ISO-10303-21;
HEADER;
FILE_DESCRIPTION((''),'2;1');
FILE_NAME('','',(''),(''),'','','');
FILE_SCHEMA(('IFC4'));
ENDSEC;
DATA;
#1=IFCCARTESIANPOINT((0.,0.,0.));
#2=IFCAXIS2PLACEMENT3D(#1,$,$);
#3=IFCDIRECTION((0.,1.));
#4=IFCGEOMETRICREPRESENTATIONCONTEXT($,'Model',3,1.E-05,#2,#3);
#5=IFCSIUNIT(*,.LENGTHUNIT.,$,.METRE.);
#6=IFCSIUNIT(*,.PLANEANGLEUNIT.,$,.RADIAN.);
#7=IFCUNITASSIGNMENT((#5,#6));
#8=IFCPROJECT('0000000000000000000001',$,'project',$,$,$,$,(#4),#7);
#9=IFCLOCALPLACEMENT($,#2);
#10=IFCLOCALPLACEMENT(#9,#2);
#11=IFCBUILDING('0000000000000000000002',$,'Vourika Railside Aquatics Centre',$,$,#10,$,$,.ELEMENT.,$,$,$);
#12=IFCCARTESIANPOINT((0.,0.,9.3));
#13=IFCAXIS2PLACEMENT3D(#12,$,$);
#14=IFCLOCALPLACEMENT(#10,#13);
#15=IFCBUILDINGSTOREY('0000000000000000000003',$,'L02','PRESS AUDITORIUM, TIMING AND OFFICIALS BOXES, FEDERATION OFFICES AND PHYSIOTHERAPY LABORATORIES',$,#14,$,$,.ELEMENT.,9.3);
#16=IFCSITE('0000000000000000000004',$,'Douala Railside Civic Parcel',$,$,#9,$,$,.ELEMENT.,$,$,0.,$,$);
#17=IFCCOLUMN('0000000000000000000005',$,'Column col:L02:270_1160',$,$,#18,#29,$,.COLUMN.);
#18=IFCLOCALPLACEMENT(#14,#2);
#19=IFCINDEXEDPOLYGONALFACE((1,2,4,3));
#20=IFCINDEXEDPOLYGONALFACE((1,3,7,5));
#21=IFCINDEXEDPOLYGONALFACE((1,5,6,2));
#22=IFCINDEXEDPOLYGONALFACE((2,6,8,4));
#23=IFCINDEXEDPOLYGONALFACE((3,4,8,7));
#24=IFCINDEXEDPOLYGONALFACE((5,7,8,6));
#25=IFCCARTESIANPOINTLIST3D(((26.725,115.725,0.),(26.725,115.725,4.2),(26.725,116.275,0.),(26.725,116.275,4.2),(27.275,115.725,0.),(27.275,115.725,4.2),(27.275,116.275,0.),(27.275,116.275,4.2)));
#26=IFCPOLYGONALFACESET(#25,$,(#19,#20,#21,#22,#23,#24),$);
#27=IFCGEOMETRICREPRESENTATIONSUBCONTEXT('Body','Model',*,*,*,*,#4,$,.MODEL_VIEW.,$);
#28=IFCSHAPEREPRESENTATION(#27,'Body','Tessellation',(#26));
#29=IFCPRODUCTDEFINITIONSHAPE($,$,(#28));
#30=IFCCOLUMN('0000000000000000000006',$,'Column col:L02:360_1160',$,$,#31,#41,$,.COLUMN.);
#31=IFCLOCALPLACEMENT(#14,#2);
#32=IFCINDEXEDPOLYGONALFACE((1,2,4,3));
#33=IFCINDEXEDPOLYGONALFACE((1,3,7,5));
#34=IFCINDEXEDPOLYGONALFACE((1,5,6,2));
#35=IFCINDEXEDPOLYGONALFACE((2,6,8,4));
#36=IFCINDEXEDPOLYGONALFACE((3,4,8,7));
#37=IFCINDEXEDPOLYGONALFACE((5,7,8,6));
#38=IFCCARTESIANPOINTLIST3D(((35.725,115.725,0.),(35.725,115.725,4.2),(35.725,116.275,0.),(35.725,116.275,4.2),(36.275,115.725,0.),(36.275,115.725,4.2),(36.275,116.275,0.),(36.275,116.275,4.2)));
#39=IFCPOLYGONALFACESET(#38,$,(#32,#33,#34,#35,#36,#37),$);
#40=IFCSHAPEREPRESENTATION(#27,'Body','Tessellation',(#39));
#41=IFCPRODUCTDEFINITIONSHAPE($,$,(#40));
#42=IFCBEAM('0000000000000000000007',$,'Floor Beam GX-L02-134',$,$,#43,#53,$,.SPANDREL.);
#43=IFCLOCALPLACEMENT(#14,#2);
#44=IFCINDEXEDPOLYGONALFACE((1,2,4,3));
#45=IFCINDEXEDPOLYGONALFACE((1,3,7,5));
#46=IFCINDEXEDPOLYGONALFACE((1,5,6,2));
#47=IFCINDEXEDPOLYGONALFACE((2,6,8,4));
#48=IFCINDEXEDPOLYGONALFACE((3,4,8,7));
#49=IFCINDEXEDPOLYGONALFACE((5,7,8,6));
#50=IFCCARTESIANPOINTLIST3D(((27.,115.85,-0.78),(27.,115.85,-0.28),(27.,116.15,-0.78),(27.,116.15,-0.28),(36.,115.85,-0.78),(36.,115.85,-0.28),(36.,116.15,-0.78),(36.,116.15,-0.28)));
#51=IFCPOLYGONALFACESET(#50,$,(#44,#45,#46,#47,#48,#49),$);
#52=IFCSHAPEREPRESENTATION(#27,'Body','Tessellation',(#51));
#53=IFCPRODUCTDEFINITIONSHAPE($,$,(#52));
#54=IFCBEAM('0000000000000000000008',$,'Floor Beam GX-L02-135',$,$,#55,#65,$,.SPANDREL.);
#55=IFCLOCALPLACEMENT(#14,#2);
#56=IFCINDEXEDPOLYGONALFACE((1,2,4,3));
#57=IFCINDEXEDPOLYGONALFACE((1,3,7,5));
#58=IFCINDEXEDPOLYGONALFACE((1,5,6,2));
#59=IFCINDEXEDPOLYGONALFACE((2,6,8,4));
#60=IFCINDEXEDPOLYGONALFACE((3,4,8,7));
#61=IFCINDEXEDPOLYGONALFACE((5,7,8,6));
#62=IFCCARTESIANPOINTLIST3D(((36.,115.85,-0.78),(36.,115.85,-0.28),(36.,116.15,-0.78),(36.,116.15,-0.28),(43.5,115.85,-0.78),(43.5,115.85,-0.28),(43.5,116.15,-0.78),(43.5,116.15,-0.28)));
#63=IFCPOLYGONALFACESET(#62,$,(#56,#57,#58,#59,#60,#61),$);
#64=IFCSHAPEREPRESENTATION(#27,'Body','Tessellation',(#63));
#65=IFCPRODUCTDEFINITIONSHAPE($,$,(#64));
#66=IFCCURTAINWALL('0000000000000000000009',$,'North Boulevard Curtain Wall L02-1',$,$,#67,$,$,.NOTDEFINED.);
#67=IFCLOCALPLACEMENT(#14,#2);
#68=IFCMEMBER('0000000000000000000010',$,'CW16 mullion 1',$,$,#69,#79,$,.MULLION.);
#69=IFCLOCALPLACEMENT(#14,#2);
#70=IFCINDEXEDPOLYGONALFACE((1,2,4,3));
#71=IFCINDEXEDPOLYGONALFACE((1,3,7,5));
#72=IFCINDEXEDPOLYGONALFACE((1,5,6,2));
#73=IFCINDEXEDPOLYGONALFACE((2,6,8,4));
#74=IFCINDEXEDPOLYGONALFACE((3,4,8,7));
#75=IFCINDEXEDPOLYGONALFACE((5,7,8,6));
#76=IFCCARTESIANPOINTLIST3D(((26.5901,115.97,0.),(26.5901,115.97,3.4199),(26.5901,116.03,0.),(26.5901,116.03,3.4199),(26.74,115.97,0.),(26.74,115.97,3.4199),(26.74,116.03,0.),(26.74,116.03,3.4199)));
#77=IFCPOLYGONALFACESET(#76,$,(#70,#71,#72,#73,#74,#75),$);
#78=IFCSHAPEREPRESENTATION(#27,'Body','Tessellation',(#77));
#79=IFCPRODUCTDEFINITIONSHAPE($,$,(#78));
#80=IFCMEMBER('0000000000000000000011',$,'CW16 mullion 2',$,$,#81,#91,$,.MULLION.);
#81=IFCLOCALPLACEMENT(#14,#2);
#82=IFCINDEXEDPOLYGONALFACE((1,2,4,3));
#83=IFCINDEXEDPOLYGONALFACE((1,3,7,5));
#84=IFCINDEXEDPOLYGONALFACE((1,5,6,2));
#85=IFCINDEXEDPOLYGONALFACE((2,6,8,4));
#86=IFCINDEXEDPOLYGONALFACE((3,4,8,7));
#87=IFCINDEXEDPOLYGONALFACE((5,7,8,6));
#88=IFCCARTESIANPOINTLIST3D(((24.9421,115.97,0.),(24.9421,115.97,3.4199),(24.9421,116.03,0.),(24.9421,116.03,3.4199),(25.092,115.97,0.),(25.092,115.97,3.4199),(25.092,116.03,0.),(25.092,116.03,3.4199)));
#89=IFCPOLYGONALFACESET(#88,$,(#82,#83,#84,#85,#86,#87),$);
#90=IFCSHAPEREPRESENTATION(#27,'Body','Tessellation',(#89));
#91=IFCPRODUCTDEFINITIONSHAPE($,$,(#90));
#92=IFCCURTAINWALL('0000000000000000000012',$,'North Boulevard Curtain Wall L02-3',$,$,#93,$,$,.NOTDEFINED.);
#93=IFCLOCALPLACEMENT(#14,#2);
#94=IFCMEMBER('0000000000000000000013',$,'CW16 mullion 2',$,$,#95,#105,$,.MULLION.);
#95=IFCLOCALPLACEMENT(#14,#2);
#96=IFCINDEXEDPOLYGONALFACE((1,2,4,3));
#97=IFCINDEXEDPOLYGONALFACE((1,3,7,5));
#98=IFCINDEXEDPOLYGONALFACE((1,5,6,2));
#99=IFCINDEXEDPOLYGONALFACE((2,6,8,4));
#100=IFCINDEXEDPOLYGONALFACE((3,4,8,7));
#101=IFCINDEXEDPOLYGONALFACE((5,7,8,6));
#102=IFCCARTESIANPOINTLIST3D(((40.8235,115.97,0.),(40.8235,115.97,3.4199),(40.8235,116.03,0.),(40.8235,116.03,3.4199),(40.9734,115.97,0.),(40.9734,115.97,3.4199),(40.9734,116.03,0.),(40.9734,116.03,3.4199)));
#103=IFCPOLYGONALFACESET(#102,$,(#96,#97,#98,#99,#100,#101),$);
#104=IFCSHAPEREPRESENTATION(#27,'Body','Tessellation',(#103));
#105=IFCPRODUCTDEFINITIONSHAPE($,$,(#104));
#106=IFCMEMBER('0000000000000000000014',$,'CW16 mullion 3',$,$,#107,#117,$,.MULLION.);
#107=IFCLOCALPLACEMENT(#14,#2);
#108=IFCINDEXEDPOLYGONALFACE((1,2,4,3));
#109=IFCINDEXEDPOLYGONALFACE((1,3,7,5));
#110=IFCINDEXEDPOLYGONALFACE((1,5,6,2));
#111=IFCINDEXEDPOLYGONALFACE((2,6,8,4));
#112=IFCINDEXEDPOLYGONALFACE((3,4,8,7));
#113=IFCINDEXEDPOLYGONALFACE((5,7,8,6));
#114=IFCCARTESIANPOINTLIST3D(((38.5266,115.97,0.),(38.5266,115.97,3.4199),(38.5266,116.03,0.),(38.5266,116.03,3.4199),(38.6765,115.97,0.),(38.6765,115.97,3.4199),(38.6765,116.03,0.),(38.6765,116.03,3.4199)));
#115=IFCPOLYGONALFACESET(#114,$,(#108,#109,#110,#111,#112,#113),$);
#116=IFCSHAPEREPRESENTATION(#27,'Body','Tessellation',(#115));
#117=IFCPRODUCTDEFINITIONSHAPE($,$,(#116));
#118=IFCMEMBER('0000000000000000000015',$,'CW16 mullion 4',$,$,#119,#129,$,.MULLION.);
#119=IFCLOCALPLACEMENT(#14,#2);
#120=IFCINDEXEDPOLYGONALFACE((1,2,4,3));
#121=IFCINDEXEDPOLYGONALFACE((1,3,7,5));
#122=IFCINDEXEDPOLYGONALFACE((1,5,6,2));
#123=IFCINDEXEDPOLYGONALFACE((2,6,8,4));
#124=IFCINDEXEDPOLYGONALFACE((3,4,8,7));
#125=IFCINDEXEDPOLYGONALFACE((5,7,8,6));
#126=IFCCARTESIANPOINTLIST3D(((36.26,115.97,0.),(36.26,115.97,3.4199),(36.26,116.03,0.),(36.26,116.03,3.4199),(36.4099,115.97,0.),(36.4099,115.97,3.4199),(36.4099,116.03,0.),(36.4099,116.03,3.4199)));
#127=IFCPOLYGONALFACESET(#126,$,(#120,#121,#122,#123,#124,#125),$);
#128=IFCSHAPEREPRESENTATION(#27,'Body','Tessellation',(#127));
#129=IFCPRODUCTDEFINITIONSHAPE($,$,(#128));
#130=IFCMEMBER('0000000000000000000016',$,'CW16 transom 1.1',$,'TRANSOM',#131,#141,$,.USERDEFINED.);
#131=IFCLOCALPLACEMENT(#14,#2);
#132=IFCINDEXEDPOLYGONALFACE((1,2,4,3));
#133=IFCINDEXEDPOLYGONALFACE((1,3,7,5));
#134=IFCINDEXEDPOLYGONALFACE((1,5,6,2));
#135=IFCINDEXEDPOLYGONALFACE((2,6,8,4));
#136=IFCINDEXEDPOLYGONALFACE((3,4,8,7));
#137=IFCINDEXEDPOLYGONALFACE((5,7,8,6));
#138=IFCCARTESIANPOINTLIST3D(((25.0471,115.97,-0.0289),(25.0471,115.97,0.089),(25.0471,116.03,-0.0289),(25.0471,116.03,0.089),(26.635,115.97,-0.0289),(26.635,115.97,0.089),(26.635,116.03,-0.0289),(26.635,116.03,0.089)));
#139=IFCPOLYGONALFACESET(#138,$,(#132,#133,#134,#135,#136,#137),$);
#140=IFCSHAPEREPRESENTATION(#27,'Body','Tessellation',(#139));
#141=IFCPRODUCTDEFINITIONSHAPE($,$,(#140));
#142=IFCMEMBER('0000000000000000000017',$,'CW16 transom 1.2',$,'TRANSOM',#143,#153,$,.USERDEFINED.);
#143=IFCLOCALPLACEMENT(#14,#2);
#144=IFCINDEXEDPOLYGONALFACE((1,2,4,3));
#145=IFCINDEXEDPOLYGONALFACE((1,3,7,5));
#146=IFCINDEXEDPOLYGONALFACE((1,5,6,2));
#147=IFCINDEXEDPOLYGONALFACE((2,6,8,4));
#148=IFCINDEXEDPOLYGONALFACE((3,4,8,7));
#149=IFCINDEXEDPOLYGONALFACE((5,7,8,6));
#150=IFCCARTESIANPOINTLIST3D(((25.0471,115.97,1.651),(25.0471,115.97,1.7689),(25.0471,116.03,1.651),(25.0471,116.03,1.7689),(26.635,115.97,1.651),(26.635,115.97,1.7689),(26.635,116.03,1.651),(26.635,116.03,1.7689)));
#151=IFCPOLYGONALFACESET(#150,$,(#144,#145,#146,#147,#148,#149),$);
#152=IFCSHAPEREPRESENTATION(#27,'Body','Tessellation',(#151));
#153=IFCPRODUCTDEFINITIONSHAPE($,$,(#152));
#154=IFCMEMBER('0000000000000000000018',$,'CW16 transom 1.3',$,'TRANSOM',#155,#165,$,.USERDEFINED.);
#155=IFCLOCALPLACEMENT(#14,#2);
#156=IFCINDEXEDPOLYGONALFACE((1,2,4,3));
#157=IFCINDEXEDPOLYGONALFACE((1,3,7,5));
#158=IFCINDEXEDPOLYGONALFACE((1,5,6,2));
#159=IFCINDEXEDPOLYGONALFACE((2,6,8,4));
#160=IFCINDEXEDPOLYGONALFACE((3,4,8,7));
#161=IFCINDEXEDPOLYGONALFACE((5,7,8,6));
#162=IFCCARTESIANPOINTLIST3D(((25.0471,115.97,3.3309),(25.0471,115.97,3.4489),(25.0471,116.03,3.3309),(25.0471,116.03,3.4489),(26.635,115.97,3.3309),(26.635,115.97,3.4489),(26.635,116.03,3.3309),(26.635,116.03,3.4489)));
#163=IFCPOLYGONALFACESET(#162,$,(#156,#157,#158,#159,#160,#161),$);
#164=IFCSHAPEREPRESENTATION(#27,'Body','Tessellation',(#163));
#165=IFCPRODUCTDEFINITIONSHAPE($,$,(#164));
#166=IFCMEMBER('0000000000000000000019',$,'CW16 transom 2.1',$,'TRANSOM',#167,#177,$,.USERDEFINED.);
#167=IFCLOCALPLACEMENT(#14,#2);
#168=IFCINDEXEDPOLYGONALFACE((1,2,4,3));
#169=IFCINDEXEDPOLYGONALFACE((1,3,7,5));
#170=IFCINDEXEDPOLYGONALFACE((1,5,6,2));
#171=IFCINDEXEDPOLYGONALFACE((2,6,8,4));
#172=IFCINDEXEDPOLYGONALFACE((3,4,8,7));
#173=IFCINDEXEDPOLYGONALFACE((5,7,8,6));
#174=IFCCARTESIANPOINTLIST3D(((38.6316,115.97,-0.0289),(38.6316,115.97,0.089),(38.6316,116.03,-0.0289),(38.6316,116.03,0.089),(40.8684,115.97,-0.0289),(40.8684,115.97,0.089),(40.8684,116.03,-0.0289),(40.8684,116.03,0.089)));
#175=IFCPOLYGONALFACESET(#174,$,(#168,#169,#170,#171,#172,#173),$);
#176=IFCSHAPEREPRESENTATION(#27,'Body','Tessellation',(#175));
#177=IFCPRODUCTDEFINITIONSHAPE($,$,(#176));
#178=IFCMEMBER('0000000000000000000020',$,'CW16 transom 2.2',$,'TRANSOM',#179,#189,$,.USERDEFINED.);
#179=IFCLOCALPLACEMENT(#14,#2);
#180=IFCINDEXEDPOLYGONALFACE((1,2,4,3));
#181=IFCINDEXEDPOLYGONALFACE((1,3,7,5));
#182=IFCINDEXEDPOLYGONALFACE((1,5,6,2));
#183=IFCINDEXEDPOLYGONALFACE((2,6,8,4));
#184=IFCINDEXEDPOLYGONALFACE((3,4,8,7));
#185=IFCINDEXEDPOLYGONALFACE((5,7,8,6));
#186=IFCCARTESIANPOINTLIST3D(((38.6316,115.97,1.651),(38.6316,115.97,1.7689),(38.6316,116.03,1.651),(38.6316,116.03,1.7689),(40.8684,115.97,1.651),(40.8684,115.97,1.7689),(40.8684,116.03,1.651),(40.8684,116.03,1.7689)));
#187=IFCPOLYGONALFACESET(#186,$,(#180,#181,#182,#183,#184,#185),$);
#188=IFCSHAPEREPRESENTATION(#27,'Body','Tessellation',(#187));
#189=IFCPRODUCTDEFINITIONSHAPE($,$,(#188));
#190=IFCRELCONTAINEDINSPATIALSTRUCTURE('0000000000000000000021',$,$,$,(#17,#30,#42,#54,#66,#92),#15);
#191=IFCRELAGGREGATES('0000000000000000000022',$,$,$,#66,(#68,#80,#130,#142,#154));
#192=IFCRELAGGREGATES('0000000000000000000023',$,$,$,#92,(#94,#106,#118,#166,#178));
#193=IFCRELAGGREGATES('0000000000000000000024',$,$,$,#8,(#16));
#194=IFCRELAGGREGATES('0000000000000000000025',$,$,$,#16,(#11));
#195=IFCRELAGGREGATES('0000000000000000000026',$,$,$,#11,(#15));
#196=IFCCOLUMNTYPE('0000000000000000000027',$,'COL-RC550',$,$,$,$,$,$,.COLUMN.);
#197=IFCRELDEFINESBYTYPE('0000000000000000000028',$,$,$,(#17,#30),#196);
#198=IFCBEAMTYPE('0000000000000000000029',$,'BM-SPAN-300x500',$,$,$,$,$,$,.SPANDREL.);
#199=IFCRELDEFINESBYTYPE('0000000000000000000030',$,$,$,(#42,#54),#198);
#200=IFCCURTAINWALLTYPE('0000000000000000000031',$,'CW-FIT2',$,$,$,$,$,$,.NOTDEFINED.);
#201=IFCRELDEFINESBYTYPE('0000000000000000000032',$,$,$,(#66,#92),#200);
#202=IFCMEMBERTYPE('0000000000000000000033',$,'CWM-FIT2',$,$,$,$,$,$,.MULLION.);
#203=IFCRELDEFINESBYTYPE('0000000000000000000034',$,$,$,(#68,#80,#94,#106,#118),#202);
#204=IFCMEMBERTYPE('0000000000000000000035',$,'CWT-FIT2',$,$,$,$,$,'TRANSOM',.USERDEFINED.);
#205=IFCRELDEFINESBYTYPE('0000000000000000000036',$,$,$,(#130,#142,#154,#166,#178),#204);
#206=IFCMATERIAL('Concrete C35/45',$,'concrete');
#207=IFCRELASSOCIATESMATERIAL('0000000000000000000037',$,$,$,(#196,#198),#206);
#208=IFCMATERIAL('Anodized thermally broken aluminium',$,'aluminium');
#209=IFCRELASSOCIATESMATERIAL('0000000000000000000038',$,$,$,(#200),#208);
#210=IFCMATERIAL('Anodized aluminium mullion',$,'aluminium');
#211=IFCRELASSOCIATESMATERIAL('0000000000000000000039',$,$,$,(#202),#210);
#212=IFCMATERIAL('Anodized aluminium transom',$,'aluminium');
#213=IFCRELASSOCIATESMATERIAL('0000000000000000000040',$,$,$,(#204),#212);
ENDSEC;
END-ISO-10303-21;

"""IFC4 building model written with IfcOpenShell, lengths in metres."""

from ifc_helpers import new_model, si_unit, direction, frame, origin, origin_2d, place, context, subcontext, project, spatial, rectangle, extrude, material, material_profile, profile_set, type_object, element, aggregate, save


model = new_model("IFC4")

# Units and contexts
model_context = context("Model", 3, precision=1e-05, world=origin(), true_north=direction((0.0, 1.0)))
body_context = subcontext(model_context, "Body", "Model", "MODEL_VIEW")
ifc_project = project(units=[si_unit("LENGTHUNIT", "METRE"), si_unit("PLANEANGLEUNIT", "RADIAN")], contexts=[model_context])

# Site, building, storey
site_placement = place(None, origin())
site = spatial("IfcSite", under=ifc_project, at=site_placement, Name="Douala Railside Civic Parcel", CompositionType="ELEMENT", RefElevation=0.0)
building_placement = place(site_placement, origin())
building = spatial("IfcBuilding", under=site, at=building_placement, Name="Vourika Railside Aquatics Centre", CompositionType="ELEMENT")
storey_placement = place(building_placement, frame((0.0, 0.0, 9.3)))
storey = spatial("IfcBuildingStorey", under=building, at=storey_placement, Name="L02", Description="PRESS AUDITORIUM, TIMING AND OFFICIALS BOXES, FEDERATION OFFICES AND PHYSIOTHERAPY LABORATORIES", CompositionType="ELEMENT", Elevation=9.3)

# Columns
ifc_material_1 = material(Name="Concrete C35/45", Category="concrete")
ifc_material_profile_1 = material_profile(ifc_material_1, rectangle(XDim=0.55, YDim=0.55, at=origin_2d()), Name="RC 550x550")
ifc_profile_set_1 = profile_set([ifc_material_profile_1], Name="Concrete C35/45")
column_type = type_object("IfcColumnType", Name="COL-RC550", PredefinedType="COLUMN", material=ifc_profile_set_1)
for number, where, z_axis, x_axis, name in (
    (1, (27.0, 116.0, 0.0), (0.0, 0.0, 1.0), (1.0, 0.0, 0.0), "Column col:L02:270_1160"),
    (2, (36.0, 116.0, 0.0), (0.0, 0.0, 1.0), (1.0, 0.0, 0.0), "Column col:L02:360_1160"),
):
    element("IfcColumn", number, at=place(storey_placement, frame(where, z_axis=z_axis, x_axis=x_axis)), inside=storey, type_object=column_type, Name=name, PredefinedType="COLUMN", context=body_context, shape_type="SweptSolid", body=[
        extrude(rectangle(XDim=0.55, YDim=0.55, at=origin_2d()), origin(), (0.0, 0.0, 1.0), 4.2),
    ])

# Beams
ifc_material_profile_2 = material_profile(ifc_material_1, rectangle(XDim=0.3, YDim=0.5, at=origin_2d()), Name="RC 300x500")
ifc_profile_set_2 = profile_set([ifc_material_profile_2], Name="Concrete C35/45")
beam_type = type_object("IfcBeamType", Name="BM-SPAN-300x500", PredefinedType="SPANDREL", material=ifc_profile_set_2)
beam_1_placement = place(storey_placement, frame((27.0, 116.0, -0.53), z_axis=(1.0, 0.0, 0.0), x_axis=(0.0, 1.0, 0.0)))
element("IfcBeam", 3, at=beam_1_placement, inside=storey, type_object=beam_type, Name="Floor Beam GX-L02-134", PredefinedType="SPANDREL", context=body_context, shape_type="SweptSolid", body=[
    extrude(rectangle(XDim=0.3, YDim=0.5, at=origin_2d()), origin(), (0.0, 0.0, 1.0), 9.0),
])
beam_2_placement = place(storey_placement, frame((36.0, 116.0, -0.53), z_axis=(1.0, 0.0, 0.0), x_axis=(0.0, 1.0, 0.0)))
element("IfcBeam", 4, at=beam_2_placement, inside=storey, type_object=beam_type, Name="Floor Beam GX-L02-135", PredefinedType="SPANDREL", context=body_context, shape_type="SweptSolid", body=[
    extrude(rectangle(XDim=0.3, YDim=0.5, at=origin_2d()), origin(), (0.0, 0.0, 1.0), 7.5),
])

# Curtain walls, members
ifc_material_2 = material(Name="Anodized thermally broken aluminium", Category="aluminium")
curtain_wall_type = type_object("IfcCurtainWallType", Name="CW-FIT2", PredefinedType="NOTDEFINED", material=ifc_material_2)
curtain_wall_1_placement = place(storey_placement, origin())
curtain_wall_1 = element("IfcCurtainWall", 5, at=curtain_wall_1_placement, inside=storey, type_object=curtain_wall_type, Name="North Boulevard Curtain Wall L02-1", PredefinedType="NOTDEFINED")
ifc_material_3 = material(Name="Anodized aluminium mullion", Category="aluminium")
ifc_material_profile_3 = material_profile(ifc_material_3, rectangle(XDim=0.0601, YDim=0.1499, at=origin_2d()), Name="ALU-M 60x150")
ifc_profile_set_3 = profile_set([ifc_material_profile_3], Name="Anodized aluminium mullion")
member_type_1 = type_object("IfcMemberType", Name="CWM-FIT2", PredefinedType="MULLION", material=ifc_profile_set_3)
member_1_placement = place(storey_placement, frame((26.665, 116.0, 0.0), z_axis=(0.0, 0.0, 1.0), x_axis=(0.0, -1.0, 0.0)))
member_1 = element("IfcMember", 6, at=member_1_placement, type_object=member_type_1, Name="CW16 mullion 1", PredefinedType="MULLION", context=body_context, shape_type="SweptSolid", body=[
    extrude(rectangle(XDim=0.0601, YDim=0.1499, at=origin_2d()), origin(), (0.0, 0.0, 1.0), 3.4199),
])
member_2_placement = place(storey_placement, frame((25.0171, 116.0, 0.0), z_axis=(0.0, 0.0, 1.0), x_axis=(0.0, -1.0, 0.0)))
member_2 = element("IfcMember", 7, at=member_2_placement, type_object=member_type_1, Name="CW16 mullion 2", PredefinedType="MULLION", context=body_context, shape_type="SweptSolid", body=[
    extrude(rectangle(XDim=0.0601, YDim=0.1499, at=origin_2d()), origin(), (0.0, 0.0, 1.0), 3.4199),
])
curtain_wall_2_placement = place(storey_placement, origin())
curtain_wall_2 = element("IfcCurtainWall", 8, at=curtain_wall_2_placement, inside=storey, type_object=curtain_wall_type, Name="North Boulevard Curtain Wall L02-3", PredefinedType="NOTDEFINED")
member_3_placement = place(storey_placement, frame((40.8984, 116.0, 0.0), z_axis=(0.0, 0.0, 1.0), x_axis=(0.0, -1.0, 0.0)))
member_3 = element("IfcMember", 9, at=member_3_placement, type_object=member_type_1, Name="CW16 mullion 2", PredefinedType="MULLION", context=body_context, shape_type="SweptSolid", body=[
    extrude(rectangle(XDim=0.0601, YDim=0.1499, at=origin_2d()), origin(), (0.0, 0.0, 1.0), 3.4199),
])
member_4_placement = place(storey_placement, frame((38.6016, 116.0, 0.0), z_axis=(0.0, 0.0, 1.0), x_axis=(0.0, -1.0, 0.0)))
member_4 = element("IfcMember", 10, at=member_4_placement, type_object=member_type_1, Name="CW16 mullion 3", PredefinedType="MULLION", context=body_context, shape_type="SweptSolid", body=[
    extrude(rectangle(XDim=0.0601, YDim=0.1499, at=origin_2d()), origin(), (0.0, 0.0, 1.0), 3.4199),
])
member_5_placement = place(storey_placement, frame((36.335, 116.0, 0.0), z_axis=(0.0, 0.0, 1.0), x_axis=(0.0, -1.0, 0.0)))
member_5 = element("IfcMember", 11, at=member_5_placement, type_object=member_type_1, Name="CW16 mullion 4", PredefinedType="MULLION", context=body_context, shape_type="SweptSolid", body=[
    extrude(rectangle(XDim=0.0601, YDim=0.1499, at=origin_2d()), origin(), (0.0, 0.0, 1.0), 3.4199),
])

# Members
ifc_material_4 = material(Name="Anodized aluminium transom", Category="aluminium")
ifc_material_profile_4 = material_profile(ifc_material_4, rectangle(XDim=0.0601, YDim=0.1179, at=origin_2d()), Name="ALU-T 60x118")
ifc_profile_set_4 = profile_set([ifc_material_profile_4], Name="Anodized aluminium transom")
member_type_2 = type_object("IfcMemberType", Name="CWT-FIT2", ElementType="TRANSOM", PredefinedType="USERDEFINED", material=ifc_profile_set_4)
member_6_placement = place(storey_placement, frame((26.635, 116.0, 0.03), z_axis=(-1.0, 0.0, 0.0), x_axis=(0.0, -1.0, 0.0)))
member_6 = element("IfcMember", 12, at=member_6_placement, type_object=member_type_2, Name="CW16 transom 1.1", ObjectType="TRANSOM", PredefinedType="USERDEFINED", context=body_context, shape_type="SweptSolid", body=[
    extrude(rectangle(XDim=0.0601, YDim=0.1179, at=origin_2d()), origin(), (0.0, 0.0, 1.0), 1.5879),
])
member_7_placement = place(storey_placement, frame((26.635, 116.0, 1.71), z_axis=(-1.0, 0.0, 0.0), x_axis=(0.0, -1.0, 0.0)))
member_7 = element("IfcMember", 13, at=member_7_placement, type_object=member_type_2, Name="CW16 transom 1.2", ObjectType="TRANSOM", PredefinedType="USERDEFINED", context=body_context, shape_type="SweptSolid", body=[
    extrude(rectangle(XDim=0.0601, YDim=0.1179, at=origin_2d()), origin(), (0.0, 0.0, 1.0), 1.5879),
])
member_8_placement = place(storey_placement, frame((26.635, 116.0, 3.3899), z_axis=(-1.0, 0.0, 0.0), x_axis=(0.0, -1.0, 0.0)))
member_8 = element("IfcMember", 14, at=member_8_placement, type_object=member_type_2, Name="CW16 transom 1.3", ObjectType="TRANSOM", PredefinedType="USERDEFINED", context=body_context, shape_type="SweptSolid", body=[
    extrude(rectangle(XDim=0.0601, YDim=0.1179, at=origin_2d()), origin(), (0.0, 0.0, 1.0), 1.5879),
])
member_9_placement = place(storey_placement, frame((40.8684, 116.0, 0.03), z_axis=(-1.0, 0.0, 0.0), x_axis=(0.0, -1.0, 0.0)))
member_9 = element("IfcMember", 15, at=member_9_placement, type_object=member_type_2, Name="CW16 transom 2.1", ObjectType="TRANSOM", PredefinedType="USERDEFINED", context=body_context, shape_type="SweptSolid", body=[
    extrude(rectangle(XDim=0.0601, YDim=0.1179, at=origin_2d()), origin(), (0.0, 0.0, 1.0), 2.2368),
])
member_10_placement = place(storey_placement, frame((40.8684, 116.0, 1.71), z_axis=(-1.0, 0.0, 0.0), x_axis=(0.0, -1.0, 0.0)))
member_10 = element("IfcMember", 16, at=member_10_placement, type_object=member_type_2, Name="CW16 transom 2.2", ObjectType="TRANSOM", PredefinedType="USERDEFINED", context=body_context, shape_type="SweptSolid", body=[
    extrude(rectangle(XDim=0.0601, YDim=0.1179, at=origin_2d()), origin(), (0.0, 0.0, 1.0), 2.2368),
])

aggregate(curtain_wall_1, [member_1, member_2, member_6, member_7, member_8])
aggregate(curtain_wall_2, [member_3, member_4, member_5, member_9, member_10])

save(model, "model.ifc")
